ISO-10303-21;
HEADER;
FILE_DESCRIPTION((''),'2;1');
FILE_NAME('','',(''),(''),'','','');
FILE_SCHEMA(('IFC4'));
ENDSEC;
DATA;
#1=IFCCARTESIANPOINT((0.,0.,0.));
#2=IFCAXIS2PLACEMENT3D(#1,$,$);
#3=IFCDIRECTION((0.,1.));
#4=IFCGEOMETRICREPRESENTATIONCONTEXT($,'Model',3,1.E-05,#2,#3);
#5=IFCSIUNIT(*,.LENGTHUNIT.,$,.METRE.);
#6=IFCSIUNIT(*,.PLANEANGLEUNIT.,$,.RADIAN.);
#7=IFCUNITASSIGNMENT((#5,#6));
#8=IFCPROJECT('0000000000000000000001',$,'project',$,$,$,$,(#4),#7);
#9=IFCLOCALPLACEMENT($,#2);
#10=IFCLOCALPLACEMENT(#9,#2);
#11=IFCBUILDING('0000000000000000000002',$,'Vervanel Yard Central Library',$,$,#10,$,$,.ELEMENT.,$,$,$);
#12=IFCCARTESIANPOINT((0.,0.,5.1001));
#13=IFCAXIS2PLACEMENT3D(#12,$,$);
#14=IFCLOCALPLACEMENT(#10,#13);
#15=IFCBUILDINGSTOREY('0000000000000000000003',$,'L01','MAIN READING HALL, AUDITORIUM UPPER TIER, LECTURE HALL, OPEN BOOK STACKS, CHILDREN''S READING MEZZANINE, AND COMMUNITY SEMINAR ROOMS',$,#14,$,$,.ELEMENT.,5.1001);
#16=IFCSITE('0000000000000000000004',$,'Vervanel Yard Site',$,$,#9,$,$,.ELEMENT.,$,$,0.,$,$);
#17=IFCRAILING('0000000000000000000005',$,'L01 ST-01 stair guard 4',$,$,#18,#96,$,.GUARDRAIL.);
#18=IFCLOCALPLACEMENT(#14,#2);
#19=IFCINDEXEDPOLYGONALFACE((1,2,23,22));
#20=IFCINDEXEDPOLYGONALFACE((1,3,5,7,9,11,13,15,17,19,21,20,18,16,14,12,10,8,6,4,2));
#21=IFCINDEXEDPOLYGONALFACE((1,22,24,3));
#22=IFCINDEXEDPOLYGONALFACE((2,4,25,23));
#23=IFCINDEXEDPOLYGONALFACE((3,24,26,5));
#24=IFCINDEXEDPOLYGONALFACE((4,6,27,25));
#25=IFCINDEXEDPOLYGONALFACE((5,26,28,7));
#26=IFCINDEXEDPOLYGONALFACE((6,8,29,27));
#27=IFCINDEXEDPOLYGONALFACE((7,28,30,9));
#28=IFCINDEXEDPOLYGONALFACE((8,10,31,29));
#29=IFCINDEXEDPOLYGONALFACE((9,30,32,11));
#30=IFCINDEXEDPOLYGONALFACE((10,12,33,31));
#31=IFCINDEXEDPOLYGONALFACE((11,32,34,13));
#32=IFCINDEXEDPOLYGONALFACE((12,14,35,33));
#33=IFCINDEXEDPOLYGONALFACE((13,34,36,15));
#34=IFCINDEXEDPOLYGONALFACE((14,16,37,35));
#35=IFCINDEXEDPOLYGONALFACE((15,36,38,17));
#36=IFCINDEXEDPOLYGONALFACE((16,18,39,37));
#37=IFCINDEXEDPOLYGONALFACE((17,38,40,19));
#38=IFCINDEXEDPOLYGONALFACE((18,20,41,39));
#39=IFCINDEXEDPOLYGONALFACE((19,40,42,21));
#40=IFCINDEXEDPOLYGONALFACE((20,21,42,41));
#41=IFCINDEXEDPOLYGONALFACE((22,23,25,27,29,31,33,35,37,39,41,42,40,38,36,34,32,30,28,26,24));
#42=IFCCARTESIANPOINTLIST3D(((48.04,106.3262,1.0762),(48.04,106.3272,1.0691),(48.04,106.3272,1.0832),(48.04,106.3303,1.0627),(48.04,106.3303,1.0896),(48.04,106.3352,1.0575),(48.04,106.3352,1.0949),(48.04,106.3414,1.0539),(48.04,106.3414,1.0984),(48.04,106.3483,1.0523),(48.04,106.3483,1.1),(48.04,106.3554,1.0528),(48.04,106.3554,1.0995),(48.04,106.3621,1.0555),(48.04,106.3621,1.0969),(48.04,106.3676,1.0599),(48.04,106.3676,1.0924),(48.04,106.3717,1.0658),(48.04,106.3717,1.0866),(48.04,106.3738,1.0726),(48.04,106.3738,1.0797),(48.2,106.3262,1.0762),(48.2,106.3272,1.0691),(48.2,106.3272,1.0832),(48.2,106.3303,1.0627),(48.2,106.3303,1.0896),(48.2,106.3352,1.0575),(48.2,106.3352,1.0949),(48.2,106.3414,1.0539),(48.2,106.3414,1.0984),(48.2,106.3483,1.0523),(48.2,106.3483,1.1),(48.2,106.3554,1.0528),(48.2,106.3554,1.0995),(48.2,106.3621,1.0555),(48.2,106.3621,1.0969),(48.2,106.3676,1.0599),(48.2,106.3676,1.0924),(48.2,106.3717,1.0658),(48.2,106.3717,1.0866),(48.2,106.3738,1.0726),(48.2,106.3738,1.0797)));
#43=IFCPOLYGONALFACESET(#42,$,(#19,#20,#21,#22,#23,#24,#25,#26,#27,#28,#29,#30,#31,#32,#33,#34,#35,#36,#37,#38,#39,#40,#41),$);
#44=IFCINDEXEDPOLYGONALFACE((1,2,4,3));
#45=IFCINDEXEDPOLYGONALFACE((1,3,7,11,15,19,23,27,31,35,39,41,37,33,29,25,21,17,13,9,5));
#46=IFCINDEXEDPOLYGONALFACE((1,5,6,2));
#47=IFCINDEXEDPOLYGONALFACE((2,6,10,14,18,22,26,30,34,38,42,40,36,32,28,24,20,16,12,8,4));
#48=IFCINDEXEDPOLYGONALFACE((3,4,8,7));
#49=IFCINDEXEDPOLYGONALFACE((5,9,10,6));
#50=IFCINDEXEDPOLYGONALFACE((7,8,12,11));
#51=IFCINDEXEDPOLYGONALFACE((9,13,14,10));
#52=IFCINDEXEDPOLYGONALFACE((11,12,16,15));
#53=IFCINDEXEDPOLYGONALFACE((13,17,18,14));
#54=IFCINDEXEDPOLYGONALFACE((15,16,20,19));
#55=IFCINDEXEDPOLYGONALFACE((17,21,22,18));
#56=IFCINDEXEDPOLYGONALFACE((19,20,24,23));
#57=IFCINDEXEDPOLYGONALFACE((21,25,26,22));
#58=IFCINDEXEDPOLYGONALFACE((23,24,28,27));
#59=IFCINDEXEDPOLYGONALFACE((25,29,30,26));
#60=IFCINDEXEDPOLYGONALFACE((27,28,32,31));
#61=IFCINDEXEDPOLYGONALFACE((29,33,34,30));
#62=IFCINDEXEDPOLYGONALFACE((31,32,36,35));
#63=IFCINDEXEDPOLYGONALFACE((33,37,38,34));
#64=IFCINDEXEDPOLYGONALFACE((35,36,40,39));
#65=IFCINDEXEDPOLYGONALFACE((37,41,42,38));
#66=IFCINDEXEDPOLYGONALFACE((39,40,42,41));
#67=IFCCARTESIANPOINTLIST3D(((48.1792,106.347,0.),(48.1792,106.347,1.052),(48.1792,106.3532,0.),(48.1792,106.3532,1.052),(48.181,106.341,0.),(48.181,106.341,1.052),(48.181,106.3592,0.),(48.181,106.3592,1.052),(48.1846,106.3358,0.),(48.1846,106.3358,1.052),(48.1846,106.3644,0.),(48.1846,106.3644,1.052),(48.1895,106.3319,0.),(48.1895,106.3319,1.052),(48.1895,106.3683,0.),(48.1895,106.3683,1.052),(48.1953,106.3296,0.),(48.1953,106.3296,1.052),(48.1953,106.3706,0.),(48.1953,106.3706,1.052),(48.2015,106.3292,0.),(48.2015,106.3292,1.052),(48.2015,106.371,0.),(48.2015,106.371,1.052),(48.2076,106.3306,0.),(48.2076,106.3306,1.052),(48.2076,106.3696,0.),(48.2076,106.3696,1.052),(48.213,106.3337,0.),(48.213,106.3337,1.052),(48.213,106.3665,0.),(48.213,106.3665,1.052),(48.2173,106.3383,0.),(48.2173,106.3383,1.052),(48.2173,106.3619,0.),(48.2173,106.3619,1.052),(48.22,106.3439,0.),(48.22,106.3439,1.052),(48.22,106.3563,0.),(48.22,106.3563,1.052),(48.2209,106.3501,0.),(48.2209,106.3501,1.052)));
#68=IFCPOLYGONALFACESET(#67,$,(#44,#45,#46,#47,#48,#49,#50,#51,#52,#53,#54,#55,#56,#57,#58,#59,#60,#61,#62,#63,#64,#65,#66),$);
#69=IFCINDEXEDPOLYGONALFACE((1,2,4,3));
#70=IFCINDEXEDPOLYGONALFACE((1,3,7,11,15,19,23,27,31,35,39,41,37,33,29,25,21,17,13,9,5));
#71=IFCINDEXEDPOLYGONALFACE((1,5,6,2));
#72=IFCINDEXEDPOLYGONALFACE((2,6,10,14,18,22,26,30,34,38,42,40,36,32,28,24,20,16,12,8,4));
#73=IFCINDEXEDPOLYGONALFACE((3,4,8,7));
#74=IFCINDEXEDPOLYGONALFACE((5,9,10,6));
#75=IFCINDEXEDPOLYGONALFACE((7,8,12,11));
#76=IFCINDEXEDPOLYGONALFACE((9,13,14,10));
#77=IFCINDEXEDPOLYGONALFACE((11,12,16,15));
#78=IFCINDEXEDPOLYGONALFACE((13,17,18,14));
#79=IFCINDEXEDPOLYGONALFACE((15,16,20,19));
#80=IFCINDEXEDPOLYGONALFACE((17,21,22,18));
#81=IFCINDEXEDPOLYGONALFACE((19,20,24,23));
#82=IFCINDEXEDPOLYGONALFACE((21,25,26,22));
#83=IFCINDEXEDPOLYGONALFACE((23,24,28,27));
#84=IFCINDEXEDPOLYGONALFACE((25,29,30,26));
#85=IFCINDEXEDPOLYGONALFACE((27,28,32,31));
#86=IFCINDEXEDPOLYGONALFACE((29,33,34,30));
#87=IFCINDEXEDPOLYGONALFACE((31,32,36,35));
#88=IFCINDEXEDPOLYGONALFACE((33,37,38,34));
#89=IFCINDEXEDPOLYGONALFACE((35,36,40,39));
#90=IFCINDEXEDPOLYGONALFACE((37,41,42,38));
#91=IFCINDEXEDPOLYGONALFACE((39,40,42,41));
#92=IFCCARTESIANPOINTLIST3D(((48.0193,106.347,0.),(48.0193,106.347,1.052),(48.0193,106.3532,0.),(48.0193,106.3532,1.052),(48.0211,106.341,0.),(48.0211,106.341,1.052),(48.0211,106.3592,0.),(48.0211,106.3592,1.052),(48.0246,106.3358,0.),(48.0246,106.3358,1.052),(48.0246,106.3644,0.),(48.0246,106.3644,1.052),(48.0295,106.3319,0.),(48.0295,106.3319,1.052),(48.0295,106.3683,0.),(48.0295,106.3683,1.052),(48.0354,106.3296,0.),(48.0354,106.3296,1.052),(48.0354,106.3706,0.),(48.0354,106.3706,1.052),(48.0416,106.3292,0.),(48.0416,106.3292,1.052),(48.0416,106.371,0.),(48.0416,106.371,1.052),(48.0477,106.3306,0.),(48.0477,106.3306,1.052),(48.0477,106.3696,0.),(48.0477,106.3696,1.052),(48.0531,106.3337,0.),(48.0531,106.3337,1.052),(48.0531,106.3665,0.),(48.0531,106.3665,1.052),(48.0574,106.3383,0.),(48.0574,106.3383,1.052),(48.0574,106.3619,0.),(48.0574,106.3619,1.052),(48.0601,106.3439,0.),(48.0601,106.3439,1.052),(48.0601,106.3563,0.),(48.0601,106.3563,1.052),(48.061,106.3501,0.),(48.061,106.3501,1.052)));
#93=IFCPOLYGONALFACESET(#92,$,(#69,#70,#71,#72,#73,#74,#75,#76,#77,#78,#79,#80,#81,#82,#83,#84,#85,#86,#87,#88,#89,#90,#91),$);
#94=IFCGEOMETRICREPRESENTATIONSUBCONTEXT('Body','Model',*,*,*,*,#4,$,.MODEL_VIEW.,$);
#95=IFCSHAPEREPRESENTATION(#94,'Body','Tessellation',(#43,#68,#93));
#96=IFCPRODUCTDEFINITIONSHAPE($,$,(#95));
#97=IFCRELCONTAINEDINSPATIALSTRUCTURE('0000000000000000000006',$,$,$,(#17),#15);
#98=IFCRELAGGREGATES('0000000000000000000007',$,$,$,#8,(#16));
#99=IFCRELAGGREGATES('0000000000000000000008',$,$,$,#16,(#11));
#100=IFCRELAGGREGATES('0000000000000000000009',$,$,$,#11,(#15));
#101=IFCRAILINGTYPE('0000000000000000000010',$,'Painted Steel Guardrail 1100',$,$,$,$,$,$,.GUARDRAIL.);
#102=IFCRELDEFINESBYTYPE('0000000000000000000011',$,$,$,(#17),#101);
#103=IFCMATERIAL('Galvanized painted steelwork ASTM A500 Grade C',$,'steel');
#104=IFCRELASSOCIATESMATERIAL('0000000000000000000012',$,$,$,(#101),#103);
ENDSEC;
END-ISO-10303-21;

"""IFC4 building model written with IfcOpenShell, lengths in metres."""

from ifc_helpers import new_model, si_unit, direction, frame, origin, origin_2d, place, context, subcontext, project, spatial, circle, extrude, material, type_object, element, save


model = new_model("IFC4")

# Units and contexts
model_context = context("Model", 3, precision=1e-05, world=origin(), true_north=direction((0.0, 1.0)))
body_context = subcontext(model_context, "Body", "Model", "MODEL_VIEW")
ifc_project = project(units=[si_unit("LENGTHUNIT", "METRE"), si_unit("PLANEANGLEUNIT", "RADIAN")], contexts=[model_context])

# Site, building, storey
site_placement = place(None, origin())
site = spatial("IfcSite", under=ifc_project, at=site_placement, Name="Vervanel Yard Site", CompositionType="ELEMENT", RefElevation=0.0)
building_placement = place(site_placement, origin())
building = spatial("IfcBuilding", under=site, at=building_placement, Name="Vervanel Yard Central Library", CompositionType="ELEMENT")
storey_placement = place(building_placement, frame((0.0, 0.0, 5.1001)))
storey = spatial("IfcBuildingStorey", under=building, at=storey_placement, Name="L01", Description="MAIN READING HALL, AUDITORIUM UPPER TIER, LECTURE HALL, OPEN BOOK STACKS, CHILDREN'S READING MEZZANINE, AND COMMUNITY SEMINAR ROOMS", CompositionType="ELEMENT", Elevation=5.1001)

# Shared definitions
ifc_material_1 = material(Name="Galvanized painted steelwork ASTM A500 Grade C", Category="steel")

# Railing
railing_type_1 = type_object("IfcRailingType", Name="Painted Steel Guardrail 1100", PredefinedType="GUARDRAIL", material=ifc_material_1)
railing_1_placement = place(storey_placement, frame((48.2, 106.3501, 0.0)))
element("IfcRailing", 1, at=railing_1_placement, inside=storey, type_object=railing_type_1, Name="L01 ST-01 stair guard 4", PredefinedType="GUARDRAIL", context=body_context, shape_type="SweptSolid", body=[
    extrude(circle(Radius=0.0239, at=origin_2d()), frame((0.0, 0.0, 1.0762), z_axis=(-1.0, 0.0, 0.0), x_axis=(0.0, -1.0, 0.0)), (0.0, 0.0, 1.0), 0.1599),
    extrude(circle(Radius=0.021, at=origin_2d()), origin(), (0.0, 0.0, 1.0), 1.052),
    extrude(circle(Radius=0.021, at=origin_2d()), frame((-0.1599, 0.0, 0.0)), (0.0, 0.0, 1.0), 1.052),
])

save(model, "model.ifc")
